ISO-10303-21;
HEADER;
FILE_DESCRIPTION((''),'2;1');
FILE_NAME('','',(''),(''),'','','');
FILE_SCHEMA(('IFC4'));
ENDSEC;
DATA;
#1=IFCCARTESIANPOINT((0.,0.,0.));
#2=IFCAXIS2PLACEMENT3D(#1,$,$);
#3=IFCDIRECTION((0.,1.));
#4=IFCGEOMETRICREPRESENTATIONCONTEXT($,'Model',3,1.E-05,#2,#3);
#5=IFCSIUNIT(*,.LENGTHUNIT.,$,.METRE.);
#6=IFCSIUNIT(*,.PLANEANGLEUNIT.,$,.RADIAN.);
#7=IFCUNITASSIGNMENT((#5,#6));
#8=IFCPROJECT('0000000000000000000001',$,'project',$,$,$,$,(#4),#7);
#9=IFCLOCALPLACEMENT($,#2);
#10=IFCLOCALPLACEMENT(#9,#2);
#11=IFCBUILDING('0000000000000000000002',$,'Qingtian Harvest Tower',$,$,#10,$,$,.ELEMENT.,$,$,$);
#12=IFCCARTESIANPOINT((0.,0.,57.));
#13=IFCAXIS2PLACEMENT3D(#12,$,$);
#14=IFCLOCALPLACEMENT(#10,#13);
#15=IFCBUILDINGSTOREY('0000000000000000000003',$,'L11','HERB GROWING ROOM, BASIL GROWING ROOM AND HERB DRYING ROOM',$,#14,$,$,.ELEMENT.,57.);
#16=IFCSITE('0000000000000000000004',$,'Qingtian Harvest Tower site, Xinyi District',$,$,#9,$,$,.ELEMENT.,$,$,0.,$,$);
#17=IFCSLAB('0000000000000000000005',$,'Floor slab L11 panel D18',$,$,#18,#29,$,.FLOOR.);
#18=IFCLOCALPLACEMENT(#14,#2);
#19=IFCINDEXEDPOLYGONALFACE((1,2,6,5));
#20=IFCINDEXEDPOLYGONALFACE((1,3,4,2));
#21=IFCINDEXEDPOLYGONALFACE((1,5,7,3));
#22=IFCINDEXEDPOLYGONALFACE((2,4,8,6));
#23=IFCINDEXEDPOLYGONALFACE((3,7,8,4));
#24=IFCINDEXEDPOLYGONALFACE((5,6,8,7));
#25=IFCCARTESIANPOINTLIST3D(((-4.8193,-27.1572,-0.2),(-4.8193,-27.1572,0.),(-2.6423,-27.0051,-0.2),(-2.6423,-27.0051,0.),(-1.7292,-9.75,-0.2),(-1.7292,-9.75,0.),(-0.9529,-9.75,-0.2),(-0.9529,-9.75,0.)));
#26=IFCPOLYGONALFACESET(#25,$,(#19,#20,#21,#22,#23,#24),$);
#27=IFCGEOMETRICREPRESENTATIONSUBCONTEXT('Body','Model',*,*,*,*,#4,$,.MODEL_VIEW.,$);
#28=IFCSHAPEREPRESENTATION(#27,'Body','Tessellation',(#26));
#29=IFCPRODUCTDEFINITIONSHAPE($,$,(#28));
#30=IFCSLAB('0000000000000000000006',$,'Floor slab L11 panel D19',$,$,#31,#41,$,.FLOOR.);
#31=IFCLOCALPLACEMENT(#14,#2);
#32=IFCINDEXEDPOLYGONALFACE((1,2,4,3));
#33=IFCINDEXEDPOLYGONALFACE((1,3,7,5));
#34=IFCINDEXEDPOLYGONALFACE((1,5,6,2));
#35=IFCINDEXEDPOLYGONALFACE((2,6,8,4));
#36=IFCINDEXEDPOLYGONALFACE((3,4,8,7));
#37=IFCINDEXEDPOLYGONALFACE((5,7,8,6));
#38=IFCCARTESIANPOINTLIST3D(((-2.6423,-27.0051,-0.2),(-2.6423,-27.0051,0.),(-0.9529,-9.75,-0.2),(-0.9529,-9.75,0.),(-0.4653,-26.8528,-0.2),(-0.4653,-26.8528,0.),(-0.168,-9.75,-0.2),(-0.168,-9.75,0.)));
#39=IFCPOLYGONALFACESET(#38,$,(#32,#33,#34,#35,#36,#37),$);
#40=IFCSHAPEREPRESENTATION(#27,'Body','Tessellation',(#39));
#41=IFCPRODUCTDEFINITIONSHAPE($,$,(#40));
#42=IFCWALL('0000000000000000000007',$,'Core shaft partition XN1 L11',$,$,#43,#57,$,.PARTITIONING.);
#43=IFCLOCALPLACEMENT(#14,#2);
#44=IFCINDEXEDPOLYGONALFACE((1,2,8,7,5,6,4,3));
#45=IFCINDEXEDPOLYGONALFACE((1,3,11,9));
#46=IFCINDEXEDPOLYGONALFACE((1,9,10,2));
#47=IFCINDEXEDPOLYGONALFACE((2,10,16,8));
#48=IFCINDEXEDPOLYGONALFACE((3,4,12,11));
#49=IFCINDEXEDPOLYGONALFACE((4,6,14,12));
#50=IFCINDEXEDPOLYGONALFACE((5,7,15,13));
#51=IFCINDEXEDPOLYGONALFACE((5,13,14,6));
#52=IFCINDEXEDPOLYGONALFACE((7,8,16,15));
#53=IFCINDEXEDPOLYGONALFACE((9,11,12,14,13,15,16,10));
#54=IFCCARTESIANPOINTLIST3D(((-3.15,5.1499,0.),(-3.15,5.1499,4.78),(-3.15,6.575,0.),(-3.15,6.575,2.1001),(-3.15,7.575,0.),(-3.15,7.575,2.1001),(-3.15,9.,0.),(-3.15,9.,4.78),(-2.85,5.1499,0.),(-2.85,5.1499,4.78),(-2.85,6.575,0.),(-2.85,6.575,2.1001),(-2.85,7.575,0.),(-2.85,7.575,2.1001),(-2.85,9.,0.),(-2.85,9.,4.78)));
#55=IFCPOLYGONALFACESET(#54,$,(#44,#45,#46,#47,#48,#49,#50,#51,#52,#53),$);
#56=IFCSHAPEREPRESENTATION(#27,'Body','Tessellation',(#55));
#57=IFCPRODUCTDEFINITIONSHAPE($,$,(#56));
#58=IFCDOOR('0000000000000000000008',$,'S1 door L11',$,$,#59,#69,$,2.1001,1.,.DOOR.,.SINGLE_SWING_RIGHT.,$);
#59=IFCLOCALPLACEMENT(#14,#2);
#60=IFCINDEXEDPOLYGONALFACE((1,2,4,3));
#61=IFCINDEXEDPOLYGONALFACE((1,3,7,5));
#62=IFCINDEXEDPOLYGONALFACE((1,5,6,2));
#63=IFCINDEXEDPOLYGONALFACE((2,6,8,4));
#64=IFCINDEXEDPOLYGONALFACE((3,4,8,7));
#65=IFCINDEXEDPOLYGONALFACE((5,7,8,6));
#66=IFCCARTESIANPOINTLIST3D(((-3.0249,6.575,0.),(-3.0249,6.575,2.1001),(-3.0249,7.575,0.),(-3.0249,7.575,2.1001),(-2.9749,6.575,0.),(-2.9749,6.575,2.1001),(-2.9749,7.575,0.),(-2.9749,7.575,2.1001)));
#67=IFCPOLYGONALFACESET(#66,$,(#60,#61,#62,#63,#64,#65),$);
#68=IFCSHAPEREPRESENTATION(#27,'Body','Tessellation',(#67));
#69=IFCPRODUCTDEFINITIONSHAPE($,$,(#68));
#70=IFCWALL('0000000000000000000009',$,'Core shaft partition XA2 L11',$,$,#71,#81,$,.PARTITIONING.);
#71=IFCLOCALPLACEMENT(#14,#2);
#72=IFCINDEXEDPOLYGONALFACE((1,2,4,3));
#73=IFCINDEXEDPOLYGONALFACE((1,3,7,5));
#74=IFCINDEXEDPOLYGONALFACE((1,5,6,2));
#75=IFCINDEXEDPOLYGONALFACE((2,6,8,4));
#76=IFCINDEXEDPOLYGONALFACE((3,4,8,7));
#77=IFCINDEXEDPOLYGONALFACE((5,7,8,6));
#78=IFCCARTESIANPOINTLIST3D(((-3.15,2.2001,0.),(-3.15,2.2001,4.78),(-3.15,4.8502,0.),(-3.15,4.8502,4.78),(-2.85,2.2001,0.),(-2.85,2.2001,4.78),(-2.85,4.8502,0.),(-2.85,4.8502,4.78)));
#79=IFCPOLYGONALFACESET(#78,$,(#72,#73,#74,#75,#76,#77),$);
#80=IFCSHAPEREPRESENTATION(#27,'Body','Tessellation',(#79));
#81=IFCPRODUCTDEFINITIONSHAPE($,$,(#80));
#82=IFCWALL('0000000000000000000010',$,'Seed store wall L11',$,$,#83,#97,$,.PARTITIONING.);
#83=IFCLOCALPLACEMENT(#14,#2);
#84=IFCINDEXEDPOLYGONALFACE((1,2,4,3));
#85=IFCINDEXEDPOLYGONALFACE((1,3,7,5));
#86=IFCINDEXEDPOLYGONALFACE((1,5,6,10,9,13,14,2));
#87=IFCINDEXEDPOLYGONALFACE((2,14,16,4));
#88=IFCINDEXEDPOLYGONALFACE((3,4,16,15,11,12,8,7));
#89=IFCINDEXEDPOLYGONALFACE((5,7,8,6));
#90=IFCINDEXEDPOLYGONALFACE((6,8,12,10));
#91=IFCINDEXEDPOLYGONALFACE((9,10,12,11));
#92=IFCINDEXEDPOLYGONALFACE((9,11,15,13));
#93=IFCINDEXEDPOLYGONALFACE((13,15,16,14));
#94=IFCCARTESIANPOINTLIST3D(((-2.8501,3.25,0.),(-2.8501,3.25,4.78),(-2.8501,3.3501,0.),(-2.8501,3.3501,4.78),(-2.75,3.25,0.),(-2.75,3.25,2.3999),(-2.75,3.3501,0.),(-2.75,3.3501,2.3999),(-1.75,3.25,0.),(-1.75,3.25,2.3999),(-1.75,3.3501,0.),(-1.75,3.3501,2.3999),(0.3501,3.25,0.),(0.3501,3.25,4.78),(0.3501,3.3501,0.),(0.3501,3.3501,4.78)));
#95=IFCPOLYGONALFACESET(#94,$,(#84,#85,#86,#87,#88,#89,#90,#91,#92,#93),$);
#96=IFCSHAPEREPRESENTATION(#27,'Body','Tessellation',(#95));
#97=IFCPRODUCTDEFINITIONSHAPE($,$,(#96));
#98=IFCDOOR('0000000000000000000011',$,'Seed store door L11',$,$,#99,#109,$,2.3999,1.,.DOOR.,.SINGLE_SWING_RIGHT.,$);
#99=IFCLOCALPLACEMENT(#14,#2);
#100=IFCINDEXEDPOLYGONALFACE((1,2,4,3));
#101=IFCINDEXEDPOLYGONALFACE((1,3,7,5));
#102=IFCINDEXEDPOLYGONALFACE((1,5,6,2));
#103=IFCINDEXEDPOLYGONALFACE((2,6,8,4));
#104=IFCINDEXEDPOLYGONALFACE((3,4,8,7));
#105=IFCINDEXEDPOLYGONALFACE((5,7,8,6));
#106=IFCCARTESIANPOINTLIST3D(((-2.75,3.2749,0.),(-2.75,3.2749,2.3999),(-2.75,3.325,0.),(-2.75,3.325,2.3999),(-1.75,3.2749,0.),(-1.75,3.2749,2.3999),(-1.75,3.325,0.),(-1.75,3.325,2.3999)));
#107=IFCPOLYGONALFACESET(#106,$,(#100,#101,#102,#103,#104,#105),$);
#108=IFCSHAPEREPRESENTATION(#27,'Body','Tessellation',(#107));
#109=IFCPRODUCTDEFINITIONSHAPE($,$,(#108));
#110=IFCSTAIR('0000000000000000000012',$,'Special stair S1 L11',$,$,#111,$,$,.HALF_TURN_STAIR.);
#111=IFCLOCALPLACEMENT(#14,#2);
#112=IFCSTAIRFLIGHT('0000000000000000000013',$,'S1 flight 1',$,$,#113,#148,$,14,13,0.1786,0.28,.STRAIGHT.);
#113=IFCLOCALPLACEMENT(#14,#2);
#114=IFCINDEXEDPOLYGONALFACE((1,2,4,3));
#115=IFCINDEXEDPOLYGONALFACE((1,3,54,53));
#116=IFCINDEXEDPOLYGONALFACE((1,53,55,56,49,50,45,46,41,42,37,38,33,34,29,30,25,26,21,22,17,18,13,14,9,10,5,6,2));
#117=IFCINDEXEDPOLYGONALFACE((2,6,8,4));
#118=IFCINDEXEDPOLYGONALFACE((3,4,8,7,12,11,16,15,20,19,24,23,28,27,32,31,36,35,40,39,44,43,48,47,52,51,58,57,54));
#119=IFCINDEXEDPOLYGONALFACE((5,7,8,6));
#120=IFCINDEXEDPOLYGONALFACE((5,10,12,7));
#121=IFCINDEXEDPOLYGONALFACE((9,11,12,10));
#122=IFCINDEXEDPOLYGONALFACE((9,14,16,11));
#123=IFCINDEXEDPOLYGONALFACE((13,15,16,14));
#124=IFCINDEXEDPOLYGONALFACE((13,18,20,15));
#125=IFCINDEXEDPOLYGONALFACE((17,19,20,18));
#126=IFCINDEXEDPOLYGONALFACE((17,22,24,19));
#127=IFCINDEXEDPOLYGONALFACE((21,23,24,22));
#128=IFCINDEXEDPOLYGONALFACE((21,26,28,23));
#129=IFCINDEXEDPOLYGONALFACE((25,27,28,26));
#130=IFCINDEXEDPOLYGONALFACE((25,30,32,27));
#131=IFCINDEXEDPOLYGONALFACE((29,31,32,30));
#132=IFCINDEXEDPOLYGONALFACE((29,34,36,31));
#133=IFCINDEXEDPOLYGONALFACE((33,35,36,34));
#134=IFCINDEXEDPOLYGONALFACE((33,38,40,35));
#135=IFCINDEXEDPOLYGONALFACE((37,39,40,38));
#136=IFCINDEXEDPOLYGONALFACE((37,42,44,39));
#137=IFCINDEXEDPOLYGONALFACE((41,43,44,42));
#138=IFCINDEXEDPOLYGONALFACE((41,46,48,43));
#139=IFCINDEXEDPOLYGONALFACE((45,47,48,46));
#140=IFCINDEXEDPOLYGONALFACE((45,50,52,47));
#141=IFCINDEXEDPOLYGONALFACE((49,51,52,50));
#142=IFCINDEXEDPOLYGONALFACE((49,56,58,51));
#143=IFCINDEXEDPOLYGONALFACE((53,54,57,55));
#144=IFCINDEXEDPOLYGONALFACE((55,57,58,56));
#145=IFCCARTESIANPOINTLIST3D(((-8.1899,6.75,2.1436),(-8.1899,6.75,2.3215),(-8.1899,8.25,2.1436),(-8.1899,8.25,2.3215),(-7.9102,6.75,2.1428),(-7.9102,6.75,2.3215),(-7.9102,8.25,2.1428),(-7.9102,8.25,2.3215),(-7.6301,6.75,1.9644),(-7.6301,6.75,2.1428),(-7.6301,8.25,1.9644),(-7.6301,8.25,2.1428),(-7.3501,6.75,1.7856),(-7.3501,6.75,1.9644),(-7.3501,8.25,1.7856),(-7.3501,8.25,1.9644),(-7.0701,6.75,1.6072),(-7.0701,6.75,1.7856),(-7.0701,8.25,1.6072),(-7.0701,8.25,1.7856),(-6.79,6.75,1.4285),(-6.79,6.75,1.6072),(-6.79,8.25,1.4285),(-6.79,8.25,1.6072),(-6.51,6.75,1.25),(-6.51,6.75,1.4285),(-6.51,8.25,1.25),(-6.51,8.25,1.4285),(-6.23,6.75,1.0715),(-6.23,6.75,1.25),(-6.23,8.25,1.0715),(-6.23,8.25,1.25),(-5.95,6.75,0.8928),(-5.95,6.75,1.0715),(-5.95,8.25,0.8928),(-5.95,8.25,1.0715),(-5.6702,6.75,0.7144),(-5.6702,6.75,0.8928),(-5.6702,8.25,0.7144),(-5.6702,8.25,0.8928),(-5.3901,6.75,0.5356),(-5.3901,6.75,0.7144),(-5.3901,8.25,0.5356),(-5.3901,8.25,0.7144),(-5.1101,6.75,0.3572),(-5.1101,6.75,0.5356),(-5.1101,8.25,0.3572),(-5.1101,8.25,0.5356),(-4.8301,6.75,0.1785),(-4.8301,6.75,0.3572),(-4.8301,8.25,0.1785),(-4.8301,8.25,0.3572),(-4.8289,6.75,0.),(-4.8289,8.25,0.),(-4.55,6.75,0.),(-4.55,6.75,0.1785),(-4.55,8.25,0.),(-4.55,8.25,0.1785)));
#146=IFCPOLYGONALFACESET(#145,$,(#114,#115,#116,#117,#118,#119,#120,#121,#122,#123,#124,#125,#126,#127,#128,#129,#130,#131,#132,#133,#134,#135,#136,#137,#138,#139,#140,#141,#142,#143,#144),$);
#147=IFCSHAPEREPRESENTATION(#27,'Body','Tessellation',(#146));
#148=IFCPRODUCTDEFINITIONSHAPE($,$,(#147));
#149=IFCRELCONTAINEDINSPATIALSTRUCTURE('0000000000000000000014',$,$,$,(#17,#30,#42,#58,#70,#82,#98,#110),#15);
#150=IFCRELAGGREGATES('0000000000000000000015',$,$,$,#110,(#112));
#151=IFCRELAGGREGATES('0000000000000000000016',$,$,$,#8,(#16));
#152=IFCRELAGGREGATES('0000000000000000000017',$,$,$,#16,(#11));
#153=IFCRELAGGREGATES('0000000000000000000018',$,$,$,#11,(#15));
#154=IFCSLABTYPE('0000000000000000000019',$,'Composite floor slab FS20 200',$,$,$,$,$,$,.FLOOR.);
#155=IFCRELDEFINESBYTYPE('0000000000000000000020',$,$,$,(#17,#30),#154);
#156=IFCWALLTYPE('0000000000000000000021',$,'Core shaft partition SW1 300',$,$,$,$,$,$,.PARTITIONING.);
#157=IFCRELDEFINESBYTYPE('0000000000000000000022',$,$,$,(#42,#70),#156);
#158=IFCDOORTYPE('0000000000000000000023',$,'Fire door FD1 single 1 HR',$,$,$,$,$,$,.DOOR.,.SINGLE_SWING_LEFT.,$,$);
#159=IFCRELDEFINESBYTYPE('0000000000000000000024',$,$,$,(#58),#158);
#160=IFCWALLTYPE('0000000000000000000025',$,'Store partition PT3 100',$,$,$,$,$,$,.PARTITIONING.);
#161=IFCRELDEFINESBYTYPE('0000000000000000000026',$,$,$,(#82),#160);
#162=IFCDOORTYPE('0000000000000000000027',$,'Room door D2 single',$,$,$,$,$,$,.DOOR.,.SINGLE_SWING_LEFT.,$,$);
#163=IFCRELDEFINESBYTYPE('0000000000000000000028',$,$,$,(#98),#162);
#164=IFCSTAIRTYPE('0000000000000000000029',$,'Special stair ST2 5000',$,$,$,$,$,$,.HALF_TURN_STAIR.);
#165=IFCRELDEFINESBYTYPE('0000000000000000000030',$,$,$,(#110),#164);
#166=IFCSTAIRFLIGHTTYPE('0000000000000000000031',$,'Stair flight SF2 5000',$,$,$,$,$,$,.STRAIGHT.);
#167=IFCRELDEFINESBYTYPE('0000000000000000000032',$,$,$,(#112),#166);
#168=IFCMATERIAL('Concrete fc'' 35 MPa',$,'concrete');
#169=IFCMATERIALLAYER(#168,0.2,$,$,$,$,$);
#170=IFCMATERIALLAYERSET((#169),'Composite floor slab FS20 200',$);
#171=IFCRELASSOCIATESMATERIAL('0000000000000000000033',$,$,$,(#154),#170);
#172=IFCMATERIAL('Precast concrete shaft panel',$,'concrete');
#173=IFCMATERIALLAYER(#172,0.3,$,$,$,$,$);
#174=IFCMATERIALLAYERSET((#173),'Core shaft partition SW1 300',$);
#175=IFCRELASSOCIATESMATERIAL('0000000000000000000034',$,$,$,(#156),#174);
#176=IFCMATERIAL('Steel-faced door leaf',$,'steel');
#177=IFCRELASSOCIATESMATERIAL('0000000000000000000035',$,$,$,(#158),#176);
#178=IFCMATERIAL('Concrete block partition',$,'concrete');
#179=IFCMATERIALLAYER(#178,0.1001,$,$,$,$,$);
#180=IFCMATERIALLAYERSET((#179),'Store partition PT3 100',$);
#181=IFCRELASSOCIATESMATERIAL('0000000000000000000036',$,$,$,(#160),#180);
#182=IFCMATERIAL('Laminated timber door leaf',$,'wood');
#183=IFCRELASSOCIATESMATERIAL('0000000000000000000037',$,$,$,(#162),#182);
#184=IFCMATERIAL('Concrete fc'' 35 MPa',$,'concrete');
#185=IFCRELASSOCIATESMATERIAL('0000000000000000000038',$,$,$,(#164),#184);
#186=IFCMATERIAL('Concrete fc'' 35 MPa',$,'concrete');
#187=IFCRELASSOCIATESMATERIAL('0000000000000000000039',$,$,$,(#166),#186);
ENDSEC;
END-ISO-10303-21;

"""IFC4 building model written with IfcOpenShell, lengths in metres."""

from ifc_helpers import new_model, si_unit, direction, frame, frame_2d, origin, place, context, subcontext, project, spatial, polyline, rectangle, outline, extrude, material, layer, layer_set, type_object, element, fill, aggregate, save


model = new_model("IFC4")

# Units and contexts
model_context = context("Model", 3, precision=1e-05, world=origin(), true_north=direction((0.0, 1.0)))
body_context = subcontext(model_context, "Body", "Model", "MODEL_VIEW")
ifc_project = project(units=[si_unit("LENGTHUNIT", "METRE"), si_unit("PLANEANGLEUNIT", "RADIAN")], contexts=[model_context])

# Site, building, storey
site_placement = place(None, origin())
site = spatial("IfcSite", under=ifc_project, at=site_placement, Name="Qingtian Harvest Tower site, Xinyi District", CompositionType="ELEMENT", RefElevation=0.0)
building_placement = place(site_placement, origin())
building = spatial("IfcBuilding", under=site, at=building_placement, Name="Qingtian Harvest Tower", CompositionType="ELEMENT")
storey_placement = place(building_placement, frame((0.0, 0.0, 57.0)))
storey = spatial("IfcBuildingStorey", under=building, at=storey_placement, Name="L11", Description="HERB GROWING ROOM, BASIL GROWING ROOM AND HERB DRYING ROOM", CompositionType="ELEMENT", Elevation=57.0)

# Slabs
ifc_material_1 = material(Name="Concrete fc' 35 MPa", Category="concrete")
ifc_layer_1 = layer(ifc_material_1, 0.2)
ifc_layer_set_1 = layer_set([ifc_layer_1], Name="Composite floor slab FS20 200")
slab_type = type_object("IfcSlabType", Name="Composite floor slab FS20 200", PredefinedType="FLOOR", material=ifc_layer_set_1)
slab_1_placement = place(storey_placement, frame((0.0, 0.0, -0.2)))
element("IfcSlab", 1, at=slab_1_placement, inside=storey, type_object=slab_type, Name="Floor slab L11 panel D18", PredefinedType="FLOOR", context=body_context, shape_type="SweptSolid", body=[
    extrude(outline(polyline([(-0.9529, -9.75), (-2.6423, -27.0051), (-4.8193, -27.1572), (-1.7292, -9.75), (-0.9529, -9.75)])), origin(), (0.0, 0.0, 1.0), 0.2),
])
slab_2_placement = place(storey_placement, frame((0.0, 0.0, -0.2)))
element("IfcSlab", 2, at=slab_2_placement, inside=storey, type_object=slab_type, Name="Floor slab L11 panel D19", PredefinedType="FLOOR", context=body_context, shape_type="SweptSolid", body=[
    extrude(outline(polyline([(-0.168, -9.75), (-0.4653, -26.8528), (-2.6423, -27.0051), (-0.9529, -9.75), (-0.168, -9.75)])), origin(), (0.0, 0.0, 1.0), 0.2),
])

# Wall, opening, door
ifc_material_2 = material(Name="Precast concrete shaft panel", Category="concrete")
ifc_layer_2 = layer(ifc_material_2, 0.3)
ifc_layer_set_2 = layer_set([ifc_layer_2], Name="Core shaft partition SW1 300")
wall_type_1 = type_object("IfcWallType", Name="Core shaft partition SW1 300", PredefinedType="PARTITIONING", material=ifc_layer_set_2)
wall_1_placement = place(storey_placement, frame((-3.0, 5.1499, 0.0), z_axis=(0.0, 0.0, 1.0), x_axis=(0.0, 1.0, 0.0)))
wall_1 = element("IfcWall", 3, at=wall_1_placement, inside=storey, type_object=wall_type_1, Name="Core shaft partition XN1 L11", PredefinedType="PARTITIONING", context=body_context, shape_type="SweptSolid", body=[
    extrude(rectangle(XDim=3.8501, YDim=0.3, at=frame_2d((1.925, 0.0))), origin(), (0.0, 0.0, 1.0), 4.78),
])
opening_1_placement = place(wall_1_placement, frame((1.425, 0.0, 0.0)))
opening_1 = element("IfcOpeningElement", 4, at=opening_1_placement, cuts=wall_1, PredefinedType="OPENING", context=body_context, shape_type="SweptSolid", body=[
    extrude(rectangle(XDim=1.0, YDim=2.1001, at=frame_2d((0.5, 1.05))), frame((0.0, 0.1599, 0.0), z_axis=(0.0, -1.0, 0.0), x_axis=(1.0, 0.0, 0.0)), (0.0, 0.0, 1.0), 0.3201),
])
ifc_material_3 = material(Name="Steel-faced door leaf", Category="steel")
door_type_1 = type_object("IfcDoorType", Name="Fire door FD1 single 1 HR", OperationType="SINGLE_SWING_LEFT", PredefinedType="DOOR", material=ifc_material_3)
door_1_placement = place(opening_1_placement, origin())
door_1 = element("IfcDoor", 5, at=door_1_placement, inside=storey, type_object=door_type_1, Name="S1 door L11", OperationType="SINGLE_SWING_RIGHT", OverallHeight=2.1001, OverallWidth=1.0, PredefinedType="DOOR", context=body_context, shape_type="SweptSolid", body=[
    extrude(rectangle(XDim=1.0, YDim=2.1001, at=frame_2d((0.5, 1.05))), frame((0.0, 0.0249, 0.0), z_axis=(0.0, -1.0, 0.0), x_axis=(1.0, 0.0, 0.0)), (0.0, 0.0, 1.0), 0.05),
])
fill(opening_1, door_1)

# Wall
wall_2_placement = place(storey_placement, frame((-3.0, 2.2, 0.0), z_axis=(0.0, 0.0, 1.0), x_axis=(0.0, 1.0, 0.0)))
element("IfcWall", 6, at=wall_2_placement, inside=storey, type_object=wall_type_1, Name="Core shaft partition XA2 L11", PredefinedType="PARTITIONING", context=body_context, shape_type="SweptSolid", body=[
    extrude(rectangle(XDim=2.6501, YDim=0.3, at=frame_2d((1.3252, 0.0))), origin(), (0.0, 0.0, 1.0), 4.78),
])

# Wall, opening, door
ifc_material_4 = material(Name="Concrete block partition", Category="concrete")
ifc_layer_3 = layer(ifc_material_4, 0.1001)
ifc_layer_set_3 = layer_set([ifc_layer_3], Name="Store partition PT3 100")
wall_type_2 = type_object("IfcWallType", Name="Store partition PT3 100", PredefinedType="PARTITIONING", material=ifc_layer_set_3)
wall_3_placement = place(storey_placement, frame((-2.8501, 3.3, 0.0), z_axis=(0.0, 0.0, 1.0), x_axis=(1.0, 0.0, 0.0)))
wall_3 = element("IfcWall", 7, at=wall_3_placement, inside=storey, type_object=wall_type_2, Name="Seed store wall L11", PredefinedType="PARTITIONING", context=body_context, shape_type="SweptSolid", body=[
    extrude(rectangle(XDim=3.2002, YDim=0.1001, at=frame_2d((1.6001, 0.0))), origin(), (0.0, 0.0, 1.0), 4.78),
])
opening_2_placement = place(wall_3_placement, frame((0.1001, 0.0, 0.0)))
opening_2 = element("IfcOpeningElement", 8, at=opening_2_placement, cuts=wall_3, PredefinedType="OPENING", context=body_context, shape_type="SweptSolid", body=[
    extrude(rectangle(XDim=1.0, YDim=2.3999, at=frame_2d((0.5, 1.2))), frame((0.0, 0.0601, 0.0), z_axis=(0.0, -1.0, 0.0), x_axis=(1.0, 0.0, 0.0)), (0.0, 0.0, 1.0), 0.1201),
])
ifc_material_5 = material(Name="Laminated timber door leaf", Category="wood")
door_type_2 = type_object("IfcDoorType", Name="Room door D2 single", OperationType="SINGLE_SWING_LEFT", PredefinedType="DOOR", material=ifc_material_5)
door_2_placement = place(opening_2_placement, origin())
door_2 = element("IfcDoor", 9, at=door_2_placement, inside=storey, type_object=door_type_2, Name="Seed store door L11", OperationType="SINGLE_SWING_RIGHT", OverallHeight=2.3999, OverallWidth=1.0, PredefinedType="DOOR", context=body_context, shape_type="SweptSolid", body=[
    extrude(rectangle(XDim=1.0, YDim=2.3999, at=frame_2d((0.5, 1.2))), frame((0.0, 0.0249, 0.0), z_axis=(0.0, -1.0, 0.0), x_axis=(1.0, 0.0, 0.0)), (0.0, 0.0, 1.0), 0.05),
])
fill(opening_2, door_2)

# Stair, stair flight
ifc_material_6 = material(Name="Concrete fc' 35 MPa", Category="concrete")
stair_type = type_object("IfcStairType", Name="Special stair ST2 5000", PredefinedType="HALF_TURN_STAIR", material=ifc_material_6)
stair_placement = place(storey_placement, origin())
stair = element("IfcStair", 10, at=stair_placement, inside=storey, type_object=stair_type, Name="Special stair S1 L11", PredefinedType="HALF_TURN_STAIR")
ifc_material_7 = material(Name="Concrete fc' 35 MPa", Category="concrete")
stair_flight_type = type_object("IfcStairFlightType", Name="Stair flight SF2 5000", PredefinedType="STRAIGHT", material=ifc_material_7)
stair_flight_placement = place(storey_placement, frame((-4.55, 7.5, 0.0), z_axis=(0.0, 0.0, 1.0), x_axis=(-1.0, 0.0, 0.0)))
stair_flight = element("IfcStairFlight", 11, at=stair_flight_placement, type_object=stair_flight_type, Name="S1 flight 1", NumberOfRisers=14, NumberOfTreads=13, PredefinedType="STRAIGHT", RiserHeight=0.1786, TreadLength=0.28, context=body_context, shape_type="SweptSolid", body=[
    extrude(outline(polyline([(0.0, 0.0), (0.0, 0.1785), (0.28, 0.1785), (0.28, 0.3572), (0.5601, 0.3572), (0.5601, 0.5356), (0.8401, 0.5356), (0.8401, 0.7144), (1.1201, 0.7144), (1.1201, 0.8928), (1.3999, 0.8928), (1.3999, 1.0715), (1.6799, 1.0715), (1.6799, 1.25), (1.96, 1.25), (1.96, 1.4285), (2.24, 1.4285), (2.24, 1.6072), (2.52, 1.6072), (2.52, 1.7856), (2.8, 1.7856), (2.8, 1.9644), (3.0801, 1.9644), (3.0801, 2.1428), (3.3601, 2.1428), (3.3601, 2.3215), (3.6399, 2.3215), (3.6399, 2.5), (3.6399, 2.1436), (0.2788, 0.0), (0.0, 0.0)])), frame((0.0, 0.75, 0.0), z_axis=(0.0, -1.0, 0.0), x_axis=(1.0, 0.0, 0.0)), (0.0, 0.0, 1.0), 1.5),
])
aggregate(stair, [stair_flight])

save(model, "model.ifc")
